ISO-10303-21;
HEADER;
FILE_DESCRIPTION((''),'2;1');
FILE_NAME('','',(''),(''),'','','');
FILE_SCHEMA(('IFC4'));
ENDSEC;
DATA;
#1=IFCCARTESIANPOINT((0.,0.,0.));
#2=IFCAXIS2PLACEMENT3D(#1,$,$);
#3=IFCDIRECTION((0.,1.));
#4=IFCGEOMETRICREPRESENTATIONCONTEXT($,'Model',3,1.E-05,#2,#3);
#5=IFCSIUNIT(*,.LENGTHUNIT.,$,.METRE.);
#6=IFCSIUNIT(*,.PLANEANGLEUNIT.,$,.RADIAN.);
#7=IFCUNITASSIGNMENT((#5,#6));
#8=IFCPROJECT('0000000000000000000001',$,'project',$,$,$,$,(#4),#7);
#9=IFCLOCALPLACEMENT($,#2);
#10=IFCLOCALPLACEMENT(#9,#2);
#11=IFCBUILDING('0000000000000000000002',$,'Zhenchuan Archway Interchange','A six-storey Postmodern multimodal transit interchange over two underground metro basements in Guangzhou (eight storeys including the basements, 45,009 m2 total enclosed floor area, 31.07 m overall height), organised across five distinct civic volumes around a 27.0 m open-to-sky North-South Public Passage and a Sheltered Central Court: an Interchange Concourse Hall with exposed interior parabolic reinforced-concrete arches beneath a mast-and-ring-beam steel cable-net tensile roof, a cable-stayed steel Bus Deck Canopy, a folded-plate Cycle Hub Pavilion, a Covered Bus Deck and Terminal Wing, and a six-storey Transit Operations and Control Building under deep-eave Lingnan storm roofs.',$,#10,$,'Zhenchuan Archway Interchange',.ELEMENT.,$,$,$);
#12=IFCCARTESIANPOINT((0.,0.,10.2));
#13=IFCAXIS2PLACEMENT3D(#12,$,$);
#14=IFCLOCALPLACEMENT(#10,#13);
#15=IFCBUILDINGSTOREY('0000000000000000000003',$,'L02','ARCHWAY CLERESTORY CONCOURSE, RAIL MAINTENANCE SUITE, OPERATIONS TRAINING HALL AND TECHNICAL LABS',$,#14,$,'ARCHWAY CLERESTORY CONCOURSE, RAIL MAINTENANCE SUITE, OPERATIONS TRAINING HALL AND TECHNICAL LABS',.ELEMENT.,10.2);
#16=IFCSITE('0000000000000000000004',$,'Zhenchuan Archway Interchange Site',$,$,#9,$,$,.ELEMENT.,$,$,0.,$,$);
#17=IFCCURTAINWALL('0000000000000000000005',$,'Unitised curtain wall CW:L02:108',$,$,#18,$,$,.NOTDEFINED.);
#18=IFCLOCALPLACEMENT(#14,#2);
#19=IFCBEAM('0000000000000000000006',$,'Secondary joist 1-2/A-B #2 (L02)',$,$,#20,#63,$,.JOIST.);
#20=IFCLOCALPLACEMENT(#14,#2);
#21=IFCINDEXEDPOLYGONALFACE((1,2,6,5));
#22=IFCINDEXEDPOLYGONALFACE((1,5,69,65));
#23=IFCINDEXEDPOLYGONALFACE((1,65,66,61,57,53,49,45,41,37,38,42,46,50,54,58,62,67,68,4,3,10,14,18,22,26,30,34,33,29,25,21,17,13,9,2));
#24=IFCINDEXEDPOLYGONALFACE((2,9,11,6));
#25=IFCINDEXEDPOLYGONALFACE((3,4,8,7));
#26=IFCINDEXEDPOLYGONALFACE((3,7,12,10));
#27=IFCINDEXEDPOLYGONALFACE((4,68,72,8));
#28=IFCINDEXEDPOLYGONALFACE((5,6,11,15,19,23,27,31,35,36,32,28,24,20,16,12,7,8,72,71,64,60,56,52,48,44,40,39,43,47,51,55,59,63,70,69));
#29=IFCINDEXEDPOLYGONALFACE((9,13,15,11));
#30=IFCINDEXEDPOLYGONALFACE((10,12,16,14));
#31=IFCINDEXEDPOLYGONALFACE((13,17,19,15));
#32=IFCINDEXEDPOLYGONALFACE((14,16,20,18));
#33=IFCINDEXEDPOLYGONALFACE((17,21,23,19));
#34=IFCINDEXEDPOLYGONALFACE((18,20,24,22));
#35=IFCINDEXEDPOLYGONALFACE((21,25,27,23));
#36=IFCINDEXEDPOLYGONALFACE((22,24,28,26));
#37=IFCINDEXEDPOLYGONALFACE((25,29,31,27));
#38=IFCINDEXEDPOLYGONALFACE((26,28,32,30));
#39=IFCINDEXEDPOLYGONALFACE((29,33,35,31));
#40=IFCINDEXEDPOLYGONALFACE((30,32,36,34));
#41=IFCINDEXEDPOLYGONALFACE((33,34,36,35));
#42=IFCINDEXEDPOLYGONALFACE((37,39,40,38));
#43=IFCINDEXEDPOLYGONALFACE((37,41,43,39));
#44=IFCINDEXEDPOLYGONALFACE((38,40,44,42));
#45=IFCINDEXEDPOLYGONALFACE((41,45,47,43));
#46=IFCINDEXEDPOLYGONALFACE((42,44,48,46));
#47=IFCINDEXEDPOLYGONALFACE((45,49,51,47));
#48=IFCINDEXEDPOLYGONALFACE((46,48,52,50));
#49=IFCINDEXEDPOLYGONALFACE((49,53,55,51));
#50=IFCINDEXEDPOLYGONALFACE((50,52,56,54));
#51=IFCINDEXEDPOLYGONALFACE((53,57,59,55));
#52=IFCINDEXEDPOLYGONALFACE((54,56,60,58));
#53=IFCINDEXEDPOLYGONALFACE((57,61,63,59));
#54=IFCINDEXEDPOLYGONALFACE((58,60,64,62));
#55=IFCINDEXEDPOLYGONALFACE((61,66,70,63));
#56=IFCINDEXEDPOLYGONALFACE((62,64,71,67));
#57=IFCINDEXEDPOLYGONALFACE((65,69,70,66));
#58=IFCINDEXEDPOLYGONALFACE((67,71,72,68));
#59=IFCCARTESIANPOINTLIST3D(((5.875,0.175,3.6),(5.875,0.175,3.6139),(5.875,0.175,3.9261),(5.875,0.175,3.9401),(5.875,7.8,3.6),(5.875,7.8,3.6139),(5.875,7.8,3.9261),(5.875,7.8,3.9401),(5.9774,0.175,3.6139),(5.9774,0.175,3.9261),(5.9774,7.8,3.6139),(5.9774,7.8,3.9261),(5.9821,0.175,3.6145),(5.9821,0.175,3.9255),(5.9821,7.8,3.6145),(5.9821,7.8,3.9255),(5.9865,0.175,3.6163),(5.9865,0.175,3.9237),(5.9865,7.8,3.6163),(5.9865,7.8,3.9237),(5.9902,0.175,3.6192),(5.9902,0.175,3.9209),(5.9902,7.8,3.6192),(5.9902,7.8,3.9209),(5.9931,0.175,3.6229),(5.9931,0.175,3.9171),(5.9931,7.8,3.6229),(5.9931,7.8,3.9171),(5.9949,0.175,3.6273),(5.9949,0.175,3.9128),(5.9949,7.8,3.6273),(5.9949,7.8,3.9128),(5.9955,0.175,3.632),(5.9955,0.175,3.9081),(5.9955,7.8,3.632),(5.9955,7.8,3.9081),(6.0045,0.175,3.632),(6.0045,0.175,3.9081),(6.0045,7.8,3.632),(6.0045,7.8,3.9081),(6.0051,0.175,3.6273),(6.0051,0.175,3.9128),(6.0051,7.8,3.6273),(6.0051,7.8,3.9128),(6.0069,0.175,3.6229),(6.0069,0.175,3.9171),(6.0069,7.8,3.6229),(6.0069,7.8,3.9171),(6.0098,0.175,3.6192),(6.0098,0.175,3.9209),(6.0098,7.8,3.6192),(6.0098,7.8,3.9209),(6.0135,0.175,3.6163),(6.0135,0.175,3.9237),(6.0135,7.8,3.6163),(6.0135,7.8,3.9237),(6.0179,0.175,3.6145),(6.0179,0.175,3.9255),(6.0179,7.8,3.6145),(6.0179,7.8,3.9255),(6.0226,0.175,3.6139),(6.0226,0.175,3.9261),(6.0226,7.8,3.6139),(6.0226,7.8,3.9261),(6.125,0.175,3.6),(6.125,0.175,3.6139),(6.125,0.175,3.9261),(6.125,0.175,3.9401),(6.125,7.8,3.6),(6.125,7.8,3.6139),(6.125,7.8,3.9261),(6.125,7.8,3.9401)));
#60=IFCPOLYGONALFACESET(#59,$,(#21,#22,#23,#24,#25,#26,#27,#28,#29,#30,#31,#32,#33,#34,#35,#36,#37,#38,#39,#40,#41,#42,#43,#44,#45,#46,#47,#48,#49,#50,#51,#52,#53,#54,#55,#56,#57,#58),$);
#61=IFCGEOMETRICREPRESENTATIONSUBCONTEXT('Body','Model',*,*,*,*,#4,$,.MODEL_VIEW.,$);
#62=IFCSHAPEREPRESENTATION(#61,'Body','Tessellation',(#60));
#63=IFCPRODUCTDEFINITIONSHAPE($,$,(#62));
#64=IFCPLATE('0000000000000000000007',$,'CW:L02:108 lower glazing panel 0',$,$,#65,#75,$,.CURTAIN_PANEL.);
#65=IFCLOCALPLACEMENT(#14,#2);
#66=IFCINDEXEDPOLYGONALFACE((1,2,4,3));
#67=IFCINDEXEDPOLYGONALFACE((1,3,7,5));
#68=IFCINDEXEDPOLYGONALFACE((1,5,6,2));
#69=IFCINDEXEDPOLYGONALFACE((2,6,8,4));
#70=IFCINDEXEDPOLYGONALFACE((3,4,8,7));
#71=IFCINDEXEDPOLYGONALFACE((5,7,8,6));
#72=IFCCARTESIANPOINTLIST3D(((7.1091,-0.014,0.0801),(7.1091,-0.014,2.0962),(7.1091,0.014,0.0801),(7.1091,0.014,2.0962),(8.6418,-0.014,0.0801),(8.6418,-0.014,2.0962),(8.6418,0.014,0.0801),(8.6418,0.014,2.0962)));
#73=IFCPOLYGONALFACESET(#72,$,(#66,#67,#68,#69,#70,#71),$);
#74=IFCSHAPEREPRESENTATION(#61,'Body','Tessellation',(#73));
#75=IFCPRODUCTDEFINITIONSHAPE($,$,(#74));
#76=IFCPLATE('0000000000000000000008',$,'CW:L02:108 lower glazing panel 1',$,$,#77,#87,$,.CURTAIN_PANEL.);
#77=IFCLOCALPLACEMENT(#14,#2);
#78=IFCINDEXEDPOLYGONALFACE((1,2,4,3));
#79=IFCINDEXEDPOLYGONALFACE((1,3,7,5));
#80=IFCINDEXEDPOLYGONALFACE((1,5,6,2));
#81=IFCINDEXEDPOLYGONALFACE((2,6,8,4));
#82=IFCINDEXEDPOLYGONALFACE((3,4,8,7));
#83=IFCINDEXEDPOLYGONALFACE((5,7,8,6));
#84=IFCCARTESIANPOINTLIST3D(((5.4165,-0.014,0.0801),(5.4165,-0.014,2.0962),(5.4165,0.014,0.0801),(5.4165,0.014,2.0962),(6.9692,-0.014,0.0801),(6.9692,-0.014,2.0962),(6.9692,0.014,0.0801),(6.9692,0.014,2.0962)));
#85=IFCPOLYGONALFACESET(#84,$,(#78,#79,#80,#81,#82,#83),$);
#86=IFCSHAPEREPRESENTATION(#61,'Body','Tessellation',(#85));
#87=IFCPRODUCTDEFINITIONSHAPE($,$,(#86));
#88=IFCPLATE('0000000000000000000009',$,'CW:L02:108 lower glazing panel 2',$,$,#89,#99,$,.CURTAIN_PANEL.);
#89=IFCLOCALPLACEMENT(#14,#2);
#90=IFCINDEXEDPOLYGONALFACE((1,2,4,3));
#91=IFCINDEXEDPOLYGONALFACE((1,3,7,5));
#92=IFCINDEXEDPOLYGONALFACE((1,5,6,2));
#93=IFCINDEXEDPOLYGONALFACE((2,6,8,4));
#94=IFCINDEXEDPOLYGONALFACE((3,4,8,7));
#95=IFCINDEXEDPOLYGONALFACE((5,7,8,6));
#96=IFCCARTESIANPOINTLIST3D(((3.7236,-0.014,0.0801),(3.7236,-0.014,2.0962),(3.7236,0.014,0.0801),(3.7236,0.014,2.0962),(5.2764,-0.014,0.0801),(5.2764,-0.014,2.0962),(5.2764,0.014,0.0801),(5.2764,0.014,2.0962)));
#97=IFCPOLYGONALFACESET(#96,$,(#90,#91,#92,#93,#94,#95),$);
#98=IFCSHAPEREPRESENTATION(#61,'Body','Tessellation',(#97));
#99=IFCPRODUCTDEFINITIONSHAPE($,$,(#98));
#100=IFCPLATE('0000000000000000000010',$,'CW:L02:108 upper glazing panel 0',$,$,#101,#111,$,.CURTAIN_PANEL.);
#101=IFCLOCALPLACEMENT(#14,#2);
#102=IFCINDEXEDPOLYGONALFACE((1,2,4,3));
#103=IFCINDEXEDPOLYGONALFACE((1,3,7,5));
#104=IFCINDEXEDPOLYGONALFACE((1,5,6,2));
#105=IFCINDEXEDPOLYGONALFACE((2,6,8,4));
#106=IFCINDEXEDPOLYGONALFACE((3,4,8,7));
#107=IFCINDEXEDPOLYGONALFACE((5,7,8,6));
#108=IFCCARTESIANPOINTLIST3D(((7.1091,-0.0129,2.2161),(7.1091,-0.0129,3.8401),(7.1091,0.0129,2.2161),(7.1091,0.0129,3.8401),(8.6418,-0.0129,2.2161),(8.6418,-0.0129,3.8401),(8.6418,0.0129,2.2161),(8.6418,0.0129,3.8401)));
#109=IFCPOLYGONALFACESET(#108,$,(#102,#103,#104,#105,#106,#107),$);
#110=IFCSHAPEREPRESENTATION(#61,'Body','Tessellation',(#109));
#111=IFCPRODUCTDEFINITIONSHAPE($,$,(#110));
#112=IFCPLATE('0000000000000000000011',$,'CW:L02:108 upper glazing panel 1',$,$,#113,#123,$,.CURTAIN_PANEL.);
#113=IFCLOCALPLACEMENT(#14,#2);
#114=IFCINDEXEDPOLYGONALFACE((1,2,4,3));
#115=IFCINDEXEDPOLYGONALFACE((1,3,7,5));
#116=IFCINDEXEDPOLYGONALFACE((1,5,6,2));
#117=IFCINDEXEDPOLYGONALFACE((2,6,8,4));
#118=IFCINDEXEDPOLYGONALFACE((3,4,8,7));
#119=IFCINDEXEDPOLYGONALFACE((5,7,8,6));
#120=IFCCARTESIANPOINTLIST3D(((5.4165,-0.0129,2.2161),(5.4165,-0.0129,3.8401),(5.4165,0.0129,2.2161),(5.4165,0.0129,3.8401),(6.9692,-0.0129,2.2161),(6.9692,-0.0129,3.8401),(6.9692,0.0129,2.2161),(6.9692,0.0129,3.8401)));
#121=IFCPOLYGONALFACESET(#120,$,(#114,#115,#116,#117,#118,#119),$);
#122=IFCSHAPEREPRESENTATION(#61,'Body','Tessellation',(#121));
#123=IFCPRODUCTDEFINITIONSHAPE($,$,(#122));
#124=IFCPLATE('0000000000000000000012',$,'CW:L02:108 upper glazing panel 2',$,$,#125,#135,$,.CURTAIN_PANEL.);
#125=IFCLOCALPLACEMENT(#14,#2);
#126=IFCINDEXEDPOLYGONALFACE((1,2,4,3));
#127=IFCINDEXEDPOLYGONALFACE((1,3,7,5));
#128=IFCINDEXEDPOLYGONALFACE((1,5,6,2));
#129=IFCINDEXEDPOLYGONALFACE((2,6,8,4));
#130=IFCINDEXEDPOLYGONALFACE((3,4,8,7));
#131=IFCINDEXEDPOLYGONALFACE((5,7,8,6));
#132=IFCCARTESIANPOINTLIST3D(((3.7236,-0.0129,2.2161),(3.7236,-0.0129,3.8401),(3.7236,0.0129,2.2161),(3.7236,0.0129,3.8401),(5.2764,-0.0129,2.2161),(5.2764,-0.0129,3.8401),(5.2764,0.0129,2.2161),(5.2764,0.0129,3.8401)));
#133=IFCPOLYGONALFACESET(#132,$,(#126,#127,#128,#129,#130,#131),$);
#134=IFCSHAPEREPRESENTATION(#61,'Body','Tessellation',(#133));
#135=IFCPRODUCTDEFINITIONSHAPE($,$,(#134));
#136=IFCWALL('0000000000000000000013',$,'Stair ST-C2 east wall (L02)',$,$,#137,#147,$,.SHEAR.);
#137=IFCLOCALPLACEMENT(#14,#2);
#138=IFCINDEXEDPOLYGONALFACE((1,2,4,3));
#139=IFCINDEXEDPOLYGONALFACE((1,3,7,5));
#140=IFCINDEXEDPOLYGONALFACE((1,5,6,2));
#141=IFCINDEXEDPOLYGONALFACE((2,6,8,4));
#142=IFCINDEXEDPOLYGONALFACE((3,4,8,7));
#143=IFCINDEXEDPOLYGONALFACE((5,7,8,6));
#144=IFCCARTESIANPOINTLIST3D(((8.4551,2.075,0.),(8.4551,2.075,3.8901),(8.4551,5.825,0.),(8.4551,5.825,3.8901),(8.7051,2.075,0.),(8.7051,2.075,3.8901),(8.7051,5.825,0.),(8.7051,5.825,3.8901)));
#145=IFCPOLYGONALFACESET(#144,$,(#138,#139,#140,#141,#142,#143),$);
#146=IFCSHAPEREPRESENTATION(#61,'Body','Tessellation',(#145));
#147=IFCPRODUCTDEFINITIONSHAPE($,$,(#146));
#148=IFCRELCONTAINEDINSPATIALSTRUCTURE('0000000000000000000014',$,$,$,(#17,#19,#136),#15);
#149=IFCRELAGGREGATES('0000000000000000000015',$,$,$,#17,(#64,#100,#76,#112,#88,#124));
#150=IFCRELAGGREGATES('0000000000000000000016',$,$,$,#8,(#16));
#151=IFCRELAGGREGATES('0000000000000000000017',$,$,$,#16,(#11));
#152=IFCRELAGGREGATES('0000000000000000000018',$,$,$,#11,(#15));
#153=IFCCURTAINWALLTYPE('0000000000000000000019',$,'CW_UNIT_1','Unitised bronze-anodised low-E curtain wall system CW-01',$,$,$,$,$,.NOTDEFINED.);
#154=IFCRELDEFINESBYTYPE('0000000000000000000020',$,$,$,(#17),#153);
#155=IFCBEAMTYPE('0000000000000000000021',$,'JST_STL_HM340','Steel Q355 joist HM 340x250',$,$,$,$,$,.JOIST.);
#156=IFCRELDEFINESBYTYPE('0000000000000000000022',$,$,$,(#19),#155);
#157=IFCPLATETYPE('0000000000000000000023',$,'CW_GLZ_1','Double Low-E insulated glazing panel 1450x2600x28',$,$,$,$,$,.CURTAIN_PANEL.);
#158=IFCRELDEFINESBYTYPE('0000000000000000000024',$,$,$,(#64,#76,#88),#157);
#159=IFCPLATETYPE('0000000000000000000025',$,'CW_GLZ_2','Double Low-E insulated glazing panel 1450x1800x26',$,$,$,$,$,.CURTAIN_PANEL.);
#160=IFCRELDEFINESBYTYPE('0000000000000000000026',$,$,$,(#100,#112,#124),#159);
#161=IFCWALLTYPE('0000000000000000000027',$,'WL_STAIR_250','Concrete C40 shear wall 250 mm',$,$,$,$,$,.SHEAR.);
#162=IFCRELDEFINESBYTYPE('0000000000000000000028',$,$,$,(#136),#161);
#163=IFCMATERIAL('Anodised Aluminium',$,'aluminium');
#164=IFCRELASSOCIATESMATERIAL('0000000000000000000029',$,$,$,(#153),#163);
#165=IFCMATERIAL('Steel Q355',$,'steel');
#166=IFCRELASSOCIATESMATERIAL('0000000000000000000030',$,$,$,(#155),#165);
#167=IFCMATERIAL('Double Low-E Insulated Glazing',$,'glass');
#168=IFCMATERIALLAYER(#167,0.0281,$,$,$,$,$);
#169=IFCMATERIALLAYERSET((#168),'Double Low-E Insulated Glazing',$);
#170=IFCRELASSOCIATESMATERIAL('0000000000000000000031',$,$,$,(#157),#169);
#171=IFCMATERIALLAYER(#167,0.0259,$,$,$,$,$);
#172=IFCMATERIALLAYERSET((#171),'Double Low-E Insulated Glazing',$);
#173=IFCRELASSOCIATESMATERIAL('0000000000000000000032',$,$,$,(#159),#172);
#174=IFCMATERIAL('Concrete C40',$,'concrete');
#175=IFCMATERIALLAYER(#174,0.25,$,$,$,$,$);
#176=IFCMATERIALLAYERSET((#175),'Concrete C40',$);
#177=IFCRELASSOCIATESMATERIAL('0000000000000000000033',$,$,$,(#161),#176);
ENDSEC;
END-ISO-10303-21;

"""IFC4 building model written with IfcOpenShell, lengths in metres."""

from ifc_helpers import new_model, si_unit, direction, frame, frame_2d, origin, origin_2d, place, context, subcontext, project, spatial, rectangle, i_section, extrude, material, layer, layer_set, material_profile, profile_set, type_object, element, aggregate, save


model = new_model("IFC4")

# Units and contexts
model_context = context("Model", 3, precision=1e-05, world=origin(), true_north=direction((0.0, 1.0)))
body_context = subcontext(model_context, "Body", "Model", "MODEL_VIEW")
ifc_project = project(units=[si_unit("LENGTHUNIT", "METRE"), si_unit("PLANEANGLEUNIT", "RADIAN")], contexts=[model_context])

# Site, building, storey
site_placement = place(None, origin())
site = spatial("IfcSite", under=ifc_project, at=site_placement, Name="Zhenchuan Archway Interchange Site", CompositionType="ELEMENT", RefElevation=0.0)
building_placement = place(site_placement, origin())
building = spatial("IfcBuilding", under=site, at=building_placement, Name="Zhenchuan Archway Interchange", Description="A six-storey Postmodern multimodal transit interchange over two underground metro basements in Guangzhou (eight storeys including the basements, 45,009 m2 total enclosed floor area, 31.07 m overall height), organised across five distinct civic volumes around a 27.0 m open-to-sky North-South Public Passage and a Sheltered Central Court: an Interchange Concourse Hall with exposed interior parabolic reinforced-concrete arches beneath a mast-and-ring-beam steel cable-net tensile roof, a cable-stayed steel Bus Deck Canopy, a folded-plate Cycle Hub Pavilion, a Covered Bus Deck and Terminal Wing, and a six-storey Transit Operations and Control Building under deep-eave Lingnan storm roofs.", LongName="Zhenchuan Archway Interchange", CompositionType="ELEMENT")
storey_placement = place(building_placement, frame((0.0, 0.0, 10.2)))
storey = spatial("IfcBuildingStorey", under=building, at=storey_placement, Name="L02", Description="ARCHWAY CLERESTORY CONCOURSE, RAIL MAINTENANCE SUITE, OPERATIONS TRAINING HALL AND TECHNICAL LABS", LongName="ARCHWAY CLERESTORY CONCOURSE, RAIL MAINTENANCE SUITE, OPERATIONS TRAINING HALL AND TECHNICAL LABS", CompositionType="ELEMENT", Elevation=10.2)

# Curtain wall
ifc_material_1 = material(Name="Anodised Aluminium", Category="aluminium")
curtain_wall_type = type_object("IfcCurtainWallType", Name="CW_UNIT_1", Description="Unitised bronze-anodised low-E curtain wall system CW-01", PredefinedType="NOTDEFINED", material=ifc_material_1)
curtain_wall_placement = place(storey_placement, origin())
curtain_wall = element("IfcCurtainWall", 1, at=curtain_wall_placement, inside=storey, type_object=curtain_wall_type, Name="Unitised curtain wall CW:L02:108", PredefinedType="NOTDEFINED")

# Beam
ifc_material_2 = material(Name="Steel Q355", Category="steel")
ifc_material_profile_1 = material_profile(ifc_material_2, i_section(OverallWidth=0.25, OverallDepth=0.3401, WebThickness=0.009, FlangeThickness=0.0139, FilletRadius=0.0181, at=origin_2d()), Name="HM 340x250")
ifc_profile_set_1 = profile_set([ifc_material_profile_1], Name="Steel Q355")
beam_type = type_object("IfcBeamType", Name="JST_STL_HM340", Description="Steel Q355 joist HM 340x250", PredefinedType="JOIST", material=ifc_profile_set_1)
for number, where, z_axis, x_axis, name in (
    (2, (6.0, 0.175, 3.77), (0.0, 1.0, 0.0), (-1.0, 0.0, 0.0), "Secondary joist 1-2/A-B #2 (L02)"),
):
    element("IfcBeam", number, at=place(storey_placement, frame(where, z_axis=z_axis, x_axis=x_axis)), inside=storey, type_object=beam_type, Name=name, PredefinedType="JOIST", context=body_context, shape_type="SweptSolid", body=[
        extrude(i_section(OverallWidth=0.25, OverallDepth=0.3401, WebThickness=0.009, FlangeThickness=0.0139, FilletRadius=0.0181, at=origin_2d()), origin(), (0.0, 0.0, 1.0), 7.625),
    ])

# Plates
ifc_material_3 = material(Name="Double Low-E Insulated Glazing", Category="glass")
ifc_layer_1 = layer(ifc_material_3, 0.0281)
ifc_layer_set_1 = layer_set([ifc_layer_1], Name="Double Low-E Insulated Glazing")
plate_type_1 = type_object("IfcPlateType", Name="CW_GLZ_1", Description="Double Low-E insulated glazing panel 1450x2600x28", PredefinedType="CURTAIN_PANEL", material=ifc_layer_set_1)
plate_1_placement = place(storey_placement, frame((7.8755, 0.0, 0.0801), z_axis=(0.0, 0.0, 1.0), x_axis=(-1.0, 0.0, 0.0)))
plate_1 = element("IfcPlate", 3, at=plate_1_placement, type_object=plate_type_1, Name="CW:L02:108 lower glazing panel 0", PredefinedType="CURTAIN_PANEL", context=body_context, shape_type="SweptSolid", body=[
    extrude(rectangle(XDim=1.5327, YDim=0.0281, at=origin_2d()), origin(), (0.0, 0.0, 1.0), 2.0161),
])
plate_2_placement = place(storey_placement, frame((6.1929, 0.0, 0.0801), z_axis=(0.0, 0.0, 1.0), x_axis=(-1.0, 0.0, 0.0)))
plate_2 = element("IfcPlate", 4, at=plate_2_placement, type_object=plate_type_1, Name="CW:L02:108 lower glazing panel 1", PredefinedType="CURTAIN_PANEL", context=body_context, shape_type="SweptSolid", body=[
    extrude(rectangle(XDim=1.5527, YDim=0.0281, at=origin_2d()), origin(), (0.0, 0.0, 1.0), 2.0161),
])
plate_3_placement = place(storey_placement, frame((4.5, 0.0, 0.0801), z_axis=(0.0, 0.0, 1.0), x_axis=(-1.0, 0.0, 0.0)))
plate_3 = element("IfcPlate", 5, at=plate_3_placement, type_object=plate_type_1, Name="CW:L02:108 lower glazing panel 2", PredefinedType="CURTAIN_PANEL", context=body_context, shape_type="SweptSolid", body=[
    extrude(rectangle(XDim=1.5527, YDim=0.0281, at=origin_2d()), origin(), (0.0, 0.0, 1.0), 2.0161),
])
ifc_layer_2 = layer(ifc_material_3, 0.0259)
ifc_layer_set_2 = layer_set([ifc_layer_2], Name="Double Low-E Insulated Glazing")
plate_type_2 = type_object("IfcPlateType", Name="CW_GLZ_2", Description="Double Low-E insulated glazing panel 1450x1800x26", PredefinedType="CURTAIN_PANEL", material=ifc_layer_set_2)
plate_4_placement = place(storey_placement, frame((7.8755, 0.0, 2.2161), z_axis=(0.0, 0.0, 1.0), x_axis=(-1.0, 0.0, 0.0)))
plate_4 = element("IfcPlate", 6, at=plate_4_placement, type_object=plate_type_2, Name="CW:L02:108 upper glazing panel 0", PredefinedType="CURTAIN_PANEL", context=body_context, shape_type="SweptSolid", body=[
    extrude(rectangle(XDim=1.5327, YDim=0.0259, at=origin_2d()), origin(), (0.0, 0.0, 1.0), 1.624),
])
plate_5_placement = place(storey_placement, frame((6.1929, 0.0, 2.2161), z_axis=(0.0, 0.0, 1.0), x_axis=(-1.0, 0.0, 0.0)))
plate_5 = element("IfcPlate", 7, at=plate_5_placement, type_object=plate_type_2, Name="CW:L02:108 upper glazing panel 1", PredefinedType="CURTAIN_PANEL", context=body_context, shape_type="SweptSolid", body=[
    extrude(rectangle(XDim=1.5527, YDim=0.0259, at=origin_2d()), origin(), (0.0, 0.0, 1.0), 1.624),
])
plate_6_placement = place(storey_placement, frame((4.5, 0.0, 2.2161), z_axis=(0.0, 0.0, 1.0), x_axis=(-1.0, 0.0, 0.0)))
plate_6 = element("IfcPlate", 8, at=plate_6_placement, type_object=plate_type_2, Name="CW:L02:108 upper glazing panel 2", PredefinedType="CURTAIN_PANEL", context=body_context, shape_type="SweptSolid", body=[
    extrude(rectangle(XDim=1.5527, YDim=0.0259, at=origin_2d()), origin(), (0.0, 0.0, 1.0), 1.624),
])
aggregate(curtain_wall, [plate_1, plate_4, plate_2, plate_5, plate_3, plate_6])

# Wall
ifc_material_4 = material(Name="Concrete C40", Category="concrete")
ifc_layer_3 = layer(ifc_material_4, 0.25)
ifc_layer_set_3 = layer_set([ifc_layer_3], Name="Concrete C40")
wall_type = type_object("IfcWallType", Name="WL_STAIR_250", Description="Concrete C40 shear wall 250 mm", PredefinedType="SHEAR", material=ifc_layer_set_3)
wall_placement = place(storey_placement, frame((8.5801, 2.075, 0.0), z_axis=(0.0, 0.0, 1.0), x_axis=(0.0, 1.0, 0.0)))
element("IfcWall", 9, at=wall_placement, inside=storey, type_object=wall_type, Name="Stair ST-C2 east wall (L02)", PredefinedType="SHEAR", context=body_context, shape_type="SweptSolid", body=[
    extrude(rectangle(XDim=3.75, YDim=0.25, at=frame_2d((1.875, 0.0))), origin(), (0.0, 0.0, 1.0), 3.8901),
])

save(model, "model.ifc")
